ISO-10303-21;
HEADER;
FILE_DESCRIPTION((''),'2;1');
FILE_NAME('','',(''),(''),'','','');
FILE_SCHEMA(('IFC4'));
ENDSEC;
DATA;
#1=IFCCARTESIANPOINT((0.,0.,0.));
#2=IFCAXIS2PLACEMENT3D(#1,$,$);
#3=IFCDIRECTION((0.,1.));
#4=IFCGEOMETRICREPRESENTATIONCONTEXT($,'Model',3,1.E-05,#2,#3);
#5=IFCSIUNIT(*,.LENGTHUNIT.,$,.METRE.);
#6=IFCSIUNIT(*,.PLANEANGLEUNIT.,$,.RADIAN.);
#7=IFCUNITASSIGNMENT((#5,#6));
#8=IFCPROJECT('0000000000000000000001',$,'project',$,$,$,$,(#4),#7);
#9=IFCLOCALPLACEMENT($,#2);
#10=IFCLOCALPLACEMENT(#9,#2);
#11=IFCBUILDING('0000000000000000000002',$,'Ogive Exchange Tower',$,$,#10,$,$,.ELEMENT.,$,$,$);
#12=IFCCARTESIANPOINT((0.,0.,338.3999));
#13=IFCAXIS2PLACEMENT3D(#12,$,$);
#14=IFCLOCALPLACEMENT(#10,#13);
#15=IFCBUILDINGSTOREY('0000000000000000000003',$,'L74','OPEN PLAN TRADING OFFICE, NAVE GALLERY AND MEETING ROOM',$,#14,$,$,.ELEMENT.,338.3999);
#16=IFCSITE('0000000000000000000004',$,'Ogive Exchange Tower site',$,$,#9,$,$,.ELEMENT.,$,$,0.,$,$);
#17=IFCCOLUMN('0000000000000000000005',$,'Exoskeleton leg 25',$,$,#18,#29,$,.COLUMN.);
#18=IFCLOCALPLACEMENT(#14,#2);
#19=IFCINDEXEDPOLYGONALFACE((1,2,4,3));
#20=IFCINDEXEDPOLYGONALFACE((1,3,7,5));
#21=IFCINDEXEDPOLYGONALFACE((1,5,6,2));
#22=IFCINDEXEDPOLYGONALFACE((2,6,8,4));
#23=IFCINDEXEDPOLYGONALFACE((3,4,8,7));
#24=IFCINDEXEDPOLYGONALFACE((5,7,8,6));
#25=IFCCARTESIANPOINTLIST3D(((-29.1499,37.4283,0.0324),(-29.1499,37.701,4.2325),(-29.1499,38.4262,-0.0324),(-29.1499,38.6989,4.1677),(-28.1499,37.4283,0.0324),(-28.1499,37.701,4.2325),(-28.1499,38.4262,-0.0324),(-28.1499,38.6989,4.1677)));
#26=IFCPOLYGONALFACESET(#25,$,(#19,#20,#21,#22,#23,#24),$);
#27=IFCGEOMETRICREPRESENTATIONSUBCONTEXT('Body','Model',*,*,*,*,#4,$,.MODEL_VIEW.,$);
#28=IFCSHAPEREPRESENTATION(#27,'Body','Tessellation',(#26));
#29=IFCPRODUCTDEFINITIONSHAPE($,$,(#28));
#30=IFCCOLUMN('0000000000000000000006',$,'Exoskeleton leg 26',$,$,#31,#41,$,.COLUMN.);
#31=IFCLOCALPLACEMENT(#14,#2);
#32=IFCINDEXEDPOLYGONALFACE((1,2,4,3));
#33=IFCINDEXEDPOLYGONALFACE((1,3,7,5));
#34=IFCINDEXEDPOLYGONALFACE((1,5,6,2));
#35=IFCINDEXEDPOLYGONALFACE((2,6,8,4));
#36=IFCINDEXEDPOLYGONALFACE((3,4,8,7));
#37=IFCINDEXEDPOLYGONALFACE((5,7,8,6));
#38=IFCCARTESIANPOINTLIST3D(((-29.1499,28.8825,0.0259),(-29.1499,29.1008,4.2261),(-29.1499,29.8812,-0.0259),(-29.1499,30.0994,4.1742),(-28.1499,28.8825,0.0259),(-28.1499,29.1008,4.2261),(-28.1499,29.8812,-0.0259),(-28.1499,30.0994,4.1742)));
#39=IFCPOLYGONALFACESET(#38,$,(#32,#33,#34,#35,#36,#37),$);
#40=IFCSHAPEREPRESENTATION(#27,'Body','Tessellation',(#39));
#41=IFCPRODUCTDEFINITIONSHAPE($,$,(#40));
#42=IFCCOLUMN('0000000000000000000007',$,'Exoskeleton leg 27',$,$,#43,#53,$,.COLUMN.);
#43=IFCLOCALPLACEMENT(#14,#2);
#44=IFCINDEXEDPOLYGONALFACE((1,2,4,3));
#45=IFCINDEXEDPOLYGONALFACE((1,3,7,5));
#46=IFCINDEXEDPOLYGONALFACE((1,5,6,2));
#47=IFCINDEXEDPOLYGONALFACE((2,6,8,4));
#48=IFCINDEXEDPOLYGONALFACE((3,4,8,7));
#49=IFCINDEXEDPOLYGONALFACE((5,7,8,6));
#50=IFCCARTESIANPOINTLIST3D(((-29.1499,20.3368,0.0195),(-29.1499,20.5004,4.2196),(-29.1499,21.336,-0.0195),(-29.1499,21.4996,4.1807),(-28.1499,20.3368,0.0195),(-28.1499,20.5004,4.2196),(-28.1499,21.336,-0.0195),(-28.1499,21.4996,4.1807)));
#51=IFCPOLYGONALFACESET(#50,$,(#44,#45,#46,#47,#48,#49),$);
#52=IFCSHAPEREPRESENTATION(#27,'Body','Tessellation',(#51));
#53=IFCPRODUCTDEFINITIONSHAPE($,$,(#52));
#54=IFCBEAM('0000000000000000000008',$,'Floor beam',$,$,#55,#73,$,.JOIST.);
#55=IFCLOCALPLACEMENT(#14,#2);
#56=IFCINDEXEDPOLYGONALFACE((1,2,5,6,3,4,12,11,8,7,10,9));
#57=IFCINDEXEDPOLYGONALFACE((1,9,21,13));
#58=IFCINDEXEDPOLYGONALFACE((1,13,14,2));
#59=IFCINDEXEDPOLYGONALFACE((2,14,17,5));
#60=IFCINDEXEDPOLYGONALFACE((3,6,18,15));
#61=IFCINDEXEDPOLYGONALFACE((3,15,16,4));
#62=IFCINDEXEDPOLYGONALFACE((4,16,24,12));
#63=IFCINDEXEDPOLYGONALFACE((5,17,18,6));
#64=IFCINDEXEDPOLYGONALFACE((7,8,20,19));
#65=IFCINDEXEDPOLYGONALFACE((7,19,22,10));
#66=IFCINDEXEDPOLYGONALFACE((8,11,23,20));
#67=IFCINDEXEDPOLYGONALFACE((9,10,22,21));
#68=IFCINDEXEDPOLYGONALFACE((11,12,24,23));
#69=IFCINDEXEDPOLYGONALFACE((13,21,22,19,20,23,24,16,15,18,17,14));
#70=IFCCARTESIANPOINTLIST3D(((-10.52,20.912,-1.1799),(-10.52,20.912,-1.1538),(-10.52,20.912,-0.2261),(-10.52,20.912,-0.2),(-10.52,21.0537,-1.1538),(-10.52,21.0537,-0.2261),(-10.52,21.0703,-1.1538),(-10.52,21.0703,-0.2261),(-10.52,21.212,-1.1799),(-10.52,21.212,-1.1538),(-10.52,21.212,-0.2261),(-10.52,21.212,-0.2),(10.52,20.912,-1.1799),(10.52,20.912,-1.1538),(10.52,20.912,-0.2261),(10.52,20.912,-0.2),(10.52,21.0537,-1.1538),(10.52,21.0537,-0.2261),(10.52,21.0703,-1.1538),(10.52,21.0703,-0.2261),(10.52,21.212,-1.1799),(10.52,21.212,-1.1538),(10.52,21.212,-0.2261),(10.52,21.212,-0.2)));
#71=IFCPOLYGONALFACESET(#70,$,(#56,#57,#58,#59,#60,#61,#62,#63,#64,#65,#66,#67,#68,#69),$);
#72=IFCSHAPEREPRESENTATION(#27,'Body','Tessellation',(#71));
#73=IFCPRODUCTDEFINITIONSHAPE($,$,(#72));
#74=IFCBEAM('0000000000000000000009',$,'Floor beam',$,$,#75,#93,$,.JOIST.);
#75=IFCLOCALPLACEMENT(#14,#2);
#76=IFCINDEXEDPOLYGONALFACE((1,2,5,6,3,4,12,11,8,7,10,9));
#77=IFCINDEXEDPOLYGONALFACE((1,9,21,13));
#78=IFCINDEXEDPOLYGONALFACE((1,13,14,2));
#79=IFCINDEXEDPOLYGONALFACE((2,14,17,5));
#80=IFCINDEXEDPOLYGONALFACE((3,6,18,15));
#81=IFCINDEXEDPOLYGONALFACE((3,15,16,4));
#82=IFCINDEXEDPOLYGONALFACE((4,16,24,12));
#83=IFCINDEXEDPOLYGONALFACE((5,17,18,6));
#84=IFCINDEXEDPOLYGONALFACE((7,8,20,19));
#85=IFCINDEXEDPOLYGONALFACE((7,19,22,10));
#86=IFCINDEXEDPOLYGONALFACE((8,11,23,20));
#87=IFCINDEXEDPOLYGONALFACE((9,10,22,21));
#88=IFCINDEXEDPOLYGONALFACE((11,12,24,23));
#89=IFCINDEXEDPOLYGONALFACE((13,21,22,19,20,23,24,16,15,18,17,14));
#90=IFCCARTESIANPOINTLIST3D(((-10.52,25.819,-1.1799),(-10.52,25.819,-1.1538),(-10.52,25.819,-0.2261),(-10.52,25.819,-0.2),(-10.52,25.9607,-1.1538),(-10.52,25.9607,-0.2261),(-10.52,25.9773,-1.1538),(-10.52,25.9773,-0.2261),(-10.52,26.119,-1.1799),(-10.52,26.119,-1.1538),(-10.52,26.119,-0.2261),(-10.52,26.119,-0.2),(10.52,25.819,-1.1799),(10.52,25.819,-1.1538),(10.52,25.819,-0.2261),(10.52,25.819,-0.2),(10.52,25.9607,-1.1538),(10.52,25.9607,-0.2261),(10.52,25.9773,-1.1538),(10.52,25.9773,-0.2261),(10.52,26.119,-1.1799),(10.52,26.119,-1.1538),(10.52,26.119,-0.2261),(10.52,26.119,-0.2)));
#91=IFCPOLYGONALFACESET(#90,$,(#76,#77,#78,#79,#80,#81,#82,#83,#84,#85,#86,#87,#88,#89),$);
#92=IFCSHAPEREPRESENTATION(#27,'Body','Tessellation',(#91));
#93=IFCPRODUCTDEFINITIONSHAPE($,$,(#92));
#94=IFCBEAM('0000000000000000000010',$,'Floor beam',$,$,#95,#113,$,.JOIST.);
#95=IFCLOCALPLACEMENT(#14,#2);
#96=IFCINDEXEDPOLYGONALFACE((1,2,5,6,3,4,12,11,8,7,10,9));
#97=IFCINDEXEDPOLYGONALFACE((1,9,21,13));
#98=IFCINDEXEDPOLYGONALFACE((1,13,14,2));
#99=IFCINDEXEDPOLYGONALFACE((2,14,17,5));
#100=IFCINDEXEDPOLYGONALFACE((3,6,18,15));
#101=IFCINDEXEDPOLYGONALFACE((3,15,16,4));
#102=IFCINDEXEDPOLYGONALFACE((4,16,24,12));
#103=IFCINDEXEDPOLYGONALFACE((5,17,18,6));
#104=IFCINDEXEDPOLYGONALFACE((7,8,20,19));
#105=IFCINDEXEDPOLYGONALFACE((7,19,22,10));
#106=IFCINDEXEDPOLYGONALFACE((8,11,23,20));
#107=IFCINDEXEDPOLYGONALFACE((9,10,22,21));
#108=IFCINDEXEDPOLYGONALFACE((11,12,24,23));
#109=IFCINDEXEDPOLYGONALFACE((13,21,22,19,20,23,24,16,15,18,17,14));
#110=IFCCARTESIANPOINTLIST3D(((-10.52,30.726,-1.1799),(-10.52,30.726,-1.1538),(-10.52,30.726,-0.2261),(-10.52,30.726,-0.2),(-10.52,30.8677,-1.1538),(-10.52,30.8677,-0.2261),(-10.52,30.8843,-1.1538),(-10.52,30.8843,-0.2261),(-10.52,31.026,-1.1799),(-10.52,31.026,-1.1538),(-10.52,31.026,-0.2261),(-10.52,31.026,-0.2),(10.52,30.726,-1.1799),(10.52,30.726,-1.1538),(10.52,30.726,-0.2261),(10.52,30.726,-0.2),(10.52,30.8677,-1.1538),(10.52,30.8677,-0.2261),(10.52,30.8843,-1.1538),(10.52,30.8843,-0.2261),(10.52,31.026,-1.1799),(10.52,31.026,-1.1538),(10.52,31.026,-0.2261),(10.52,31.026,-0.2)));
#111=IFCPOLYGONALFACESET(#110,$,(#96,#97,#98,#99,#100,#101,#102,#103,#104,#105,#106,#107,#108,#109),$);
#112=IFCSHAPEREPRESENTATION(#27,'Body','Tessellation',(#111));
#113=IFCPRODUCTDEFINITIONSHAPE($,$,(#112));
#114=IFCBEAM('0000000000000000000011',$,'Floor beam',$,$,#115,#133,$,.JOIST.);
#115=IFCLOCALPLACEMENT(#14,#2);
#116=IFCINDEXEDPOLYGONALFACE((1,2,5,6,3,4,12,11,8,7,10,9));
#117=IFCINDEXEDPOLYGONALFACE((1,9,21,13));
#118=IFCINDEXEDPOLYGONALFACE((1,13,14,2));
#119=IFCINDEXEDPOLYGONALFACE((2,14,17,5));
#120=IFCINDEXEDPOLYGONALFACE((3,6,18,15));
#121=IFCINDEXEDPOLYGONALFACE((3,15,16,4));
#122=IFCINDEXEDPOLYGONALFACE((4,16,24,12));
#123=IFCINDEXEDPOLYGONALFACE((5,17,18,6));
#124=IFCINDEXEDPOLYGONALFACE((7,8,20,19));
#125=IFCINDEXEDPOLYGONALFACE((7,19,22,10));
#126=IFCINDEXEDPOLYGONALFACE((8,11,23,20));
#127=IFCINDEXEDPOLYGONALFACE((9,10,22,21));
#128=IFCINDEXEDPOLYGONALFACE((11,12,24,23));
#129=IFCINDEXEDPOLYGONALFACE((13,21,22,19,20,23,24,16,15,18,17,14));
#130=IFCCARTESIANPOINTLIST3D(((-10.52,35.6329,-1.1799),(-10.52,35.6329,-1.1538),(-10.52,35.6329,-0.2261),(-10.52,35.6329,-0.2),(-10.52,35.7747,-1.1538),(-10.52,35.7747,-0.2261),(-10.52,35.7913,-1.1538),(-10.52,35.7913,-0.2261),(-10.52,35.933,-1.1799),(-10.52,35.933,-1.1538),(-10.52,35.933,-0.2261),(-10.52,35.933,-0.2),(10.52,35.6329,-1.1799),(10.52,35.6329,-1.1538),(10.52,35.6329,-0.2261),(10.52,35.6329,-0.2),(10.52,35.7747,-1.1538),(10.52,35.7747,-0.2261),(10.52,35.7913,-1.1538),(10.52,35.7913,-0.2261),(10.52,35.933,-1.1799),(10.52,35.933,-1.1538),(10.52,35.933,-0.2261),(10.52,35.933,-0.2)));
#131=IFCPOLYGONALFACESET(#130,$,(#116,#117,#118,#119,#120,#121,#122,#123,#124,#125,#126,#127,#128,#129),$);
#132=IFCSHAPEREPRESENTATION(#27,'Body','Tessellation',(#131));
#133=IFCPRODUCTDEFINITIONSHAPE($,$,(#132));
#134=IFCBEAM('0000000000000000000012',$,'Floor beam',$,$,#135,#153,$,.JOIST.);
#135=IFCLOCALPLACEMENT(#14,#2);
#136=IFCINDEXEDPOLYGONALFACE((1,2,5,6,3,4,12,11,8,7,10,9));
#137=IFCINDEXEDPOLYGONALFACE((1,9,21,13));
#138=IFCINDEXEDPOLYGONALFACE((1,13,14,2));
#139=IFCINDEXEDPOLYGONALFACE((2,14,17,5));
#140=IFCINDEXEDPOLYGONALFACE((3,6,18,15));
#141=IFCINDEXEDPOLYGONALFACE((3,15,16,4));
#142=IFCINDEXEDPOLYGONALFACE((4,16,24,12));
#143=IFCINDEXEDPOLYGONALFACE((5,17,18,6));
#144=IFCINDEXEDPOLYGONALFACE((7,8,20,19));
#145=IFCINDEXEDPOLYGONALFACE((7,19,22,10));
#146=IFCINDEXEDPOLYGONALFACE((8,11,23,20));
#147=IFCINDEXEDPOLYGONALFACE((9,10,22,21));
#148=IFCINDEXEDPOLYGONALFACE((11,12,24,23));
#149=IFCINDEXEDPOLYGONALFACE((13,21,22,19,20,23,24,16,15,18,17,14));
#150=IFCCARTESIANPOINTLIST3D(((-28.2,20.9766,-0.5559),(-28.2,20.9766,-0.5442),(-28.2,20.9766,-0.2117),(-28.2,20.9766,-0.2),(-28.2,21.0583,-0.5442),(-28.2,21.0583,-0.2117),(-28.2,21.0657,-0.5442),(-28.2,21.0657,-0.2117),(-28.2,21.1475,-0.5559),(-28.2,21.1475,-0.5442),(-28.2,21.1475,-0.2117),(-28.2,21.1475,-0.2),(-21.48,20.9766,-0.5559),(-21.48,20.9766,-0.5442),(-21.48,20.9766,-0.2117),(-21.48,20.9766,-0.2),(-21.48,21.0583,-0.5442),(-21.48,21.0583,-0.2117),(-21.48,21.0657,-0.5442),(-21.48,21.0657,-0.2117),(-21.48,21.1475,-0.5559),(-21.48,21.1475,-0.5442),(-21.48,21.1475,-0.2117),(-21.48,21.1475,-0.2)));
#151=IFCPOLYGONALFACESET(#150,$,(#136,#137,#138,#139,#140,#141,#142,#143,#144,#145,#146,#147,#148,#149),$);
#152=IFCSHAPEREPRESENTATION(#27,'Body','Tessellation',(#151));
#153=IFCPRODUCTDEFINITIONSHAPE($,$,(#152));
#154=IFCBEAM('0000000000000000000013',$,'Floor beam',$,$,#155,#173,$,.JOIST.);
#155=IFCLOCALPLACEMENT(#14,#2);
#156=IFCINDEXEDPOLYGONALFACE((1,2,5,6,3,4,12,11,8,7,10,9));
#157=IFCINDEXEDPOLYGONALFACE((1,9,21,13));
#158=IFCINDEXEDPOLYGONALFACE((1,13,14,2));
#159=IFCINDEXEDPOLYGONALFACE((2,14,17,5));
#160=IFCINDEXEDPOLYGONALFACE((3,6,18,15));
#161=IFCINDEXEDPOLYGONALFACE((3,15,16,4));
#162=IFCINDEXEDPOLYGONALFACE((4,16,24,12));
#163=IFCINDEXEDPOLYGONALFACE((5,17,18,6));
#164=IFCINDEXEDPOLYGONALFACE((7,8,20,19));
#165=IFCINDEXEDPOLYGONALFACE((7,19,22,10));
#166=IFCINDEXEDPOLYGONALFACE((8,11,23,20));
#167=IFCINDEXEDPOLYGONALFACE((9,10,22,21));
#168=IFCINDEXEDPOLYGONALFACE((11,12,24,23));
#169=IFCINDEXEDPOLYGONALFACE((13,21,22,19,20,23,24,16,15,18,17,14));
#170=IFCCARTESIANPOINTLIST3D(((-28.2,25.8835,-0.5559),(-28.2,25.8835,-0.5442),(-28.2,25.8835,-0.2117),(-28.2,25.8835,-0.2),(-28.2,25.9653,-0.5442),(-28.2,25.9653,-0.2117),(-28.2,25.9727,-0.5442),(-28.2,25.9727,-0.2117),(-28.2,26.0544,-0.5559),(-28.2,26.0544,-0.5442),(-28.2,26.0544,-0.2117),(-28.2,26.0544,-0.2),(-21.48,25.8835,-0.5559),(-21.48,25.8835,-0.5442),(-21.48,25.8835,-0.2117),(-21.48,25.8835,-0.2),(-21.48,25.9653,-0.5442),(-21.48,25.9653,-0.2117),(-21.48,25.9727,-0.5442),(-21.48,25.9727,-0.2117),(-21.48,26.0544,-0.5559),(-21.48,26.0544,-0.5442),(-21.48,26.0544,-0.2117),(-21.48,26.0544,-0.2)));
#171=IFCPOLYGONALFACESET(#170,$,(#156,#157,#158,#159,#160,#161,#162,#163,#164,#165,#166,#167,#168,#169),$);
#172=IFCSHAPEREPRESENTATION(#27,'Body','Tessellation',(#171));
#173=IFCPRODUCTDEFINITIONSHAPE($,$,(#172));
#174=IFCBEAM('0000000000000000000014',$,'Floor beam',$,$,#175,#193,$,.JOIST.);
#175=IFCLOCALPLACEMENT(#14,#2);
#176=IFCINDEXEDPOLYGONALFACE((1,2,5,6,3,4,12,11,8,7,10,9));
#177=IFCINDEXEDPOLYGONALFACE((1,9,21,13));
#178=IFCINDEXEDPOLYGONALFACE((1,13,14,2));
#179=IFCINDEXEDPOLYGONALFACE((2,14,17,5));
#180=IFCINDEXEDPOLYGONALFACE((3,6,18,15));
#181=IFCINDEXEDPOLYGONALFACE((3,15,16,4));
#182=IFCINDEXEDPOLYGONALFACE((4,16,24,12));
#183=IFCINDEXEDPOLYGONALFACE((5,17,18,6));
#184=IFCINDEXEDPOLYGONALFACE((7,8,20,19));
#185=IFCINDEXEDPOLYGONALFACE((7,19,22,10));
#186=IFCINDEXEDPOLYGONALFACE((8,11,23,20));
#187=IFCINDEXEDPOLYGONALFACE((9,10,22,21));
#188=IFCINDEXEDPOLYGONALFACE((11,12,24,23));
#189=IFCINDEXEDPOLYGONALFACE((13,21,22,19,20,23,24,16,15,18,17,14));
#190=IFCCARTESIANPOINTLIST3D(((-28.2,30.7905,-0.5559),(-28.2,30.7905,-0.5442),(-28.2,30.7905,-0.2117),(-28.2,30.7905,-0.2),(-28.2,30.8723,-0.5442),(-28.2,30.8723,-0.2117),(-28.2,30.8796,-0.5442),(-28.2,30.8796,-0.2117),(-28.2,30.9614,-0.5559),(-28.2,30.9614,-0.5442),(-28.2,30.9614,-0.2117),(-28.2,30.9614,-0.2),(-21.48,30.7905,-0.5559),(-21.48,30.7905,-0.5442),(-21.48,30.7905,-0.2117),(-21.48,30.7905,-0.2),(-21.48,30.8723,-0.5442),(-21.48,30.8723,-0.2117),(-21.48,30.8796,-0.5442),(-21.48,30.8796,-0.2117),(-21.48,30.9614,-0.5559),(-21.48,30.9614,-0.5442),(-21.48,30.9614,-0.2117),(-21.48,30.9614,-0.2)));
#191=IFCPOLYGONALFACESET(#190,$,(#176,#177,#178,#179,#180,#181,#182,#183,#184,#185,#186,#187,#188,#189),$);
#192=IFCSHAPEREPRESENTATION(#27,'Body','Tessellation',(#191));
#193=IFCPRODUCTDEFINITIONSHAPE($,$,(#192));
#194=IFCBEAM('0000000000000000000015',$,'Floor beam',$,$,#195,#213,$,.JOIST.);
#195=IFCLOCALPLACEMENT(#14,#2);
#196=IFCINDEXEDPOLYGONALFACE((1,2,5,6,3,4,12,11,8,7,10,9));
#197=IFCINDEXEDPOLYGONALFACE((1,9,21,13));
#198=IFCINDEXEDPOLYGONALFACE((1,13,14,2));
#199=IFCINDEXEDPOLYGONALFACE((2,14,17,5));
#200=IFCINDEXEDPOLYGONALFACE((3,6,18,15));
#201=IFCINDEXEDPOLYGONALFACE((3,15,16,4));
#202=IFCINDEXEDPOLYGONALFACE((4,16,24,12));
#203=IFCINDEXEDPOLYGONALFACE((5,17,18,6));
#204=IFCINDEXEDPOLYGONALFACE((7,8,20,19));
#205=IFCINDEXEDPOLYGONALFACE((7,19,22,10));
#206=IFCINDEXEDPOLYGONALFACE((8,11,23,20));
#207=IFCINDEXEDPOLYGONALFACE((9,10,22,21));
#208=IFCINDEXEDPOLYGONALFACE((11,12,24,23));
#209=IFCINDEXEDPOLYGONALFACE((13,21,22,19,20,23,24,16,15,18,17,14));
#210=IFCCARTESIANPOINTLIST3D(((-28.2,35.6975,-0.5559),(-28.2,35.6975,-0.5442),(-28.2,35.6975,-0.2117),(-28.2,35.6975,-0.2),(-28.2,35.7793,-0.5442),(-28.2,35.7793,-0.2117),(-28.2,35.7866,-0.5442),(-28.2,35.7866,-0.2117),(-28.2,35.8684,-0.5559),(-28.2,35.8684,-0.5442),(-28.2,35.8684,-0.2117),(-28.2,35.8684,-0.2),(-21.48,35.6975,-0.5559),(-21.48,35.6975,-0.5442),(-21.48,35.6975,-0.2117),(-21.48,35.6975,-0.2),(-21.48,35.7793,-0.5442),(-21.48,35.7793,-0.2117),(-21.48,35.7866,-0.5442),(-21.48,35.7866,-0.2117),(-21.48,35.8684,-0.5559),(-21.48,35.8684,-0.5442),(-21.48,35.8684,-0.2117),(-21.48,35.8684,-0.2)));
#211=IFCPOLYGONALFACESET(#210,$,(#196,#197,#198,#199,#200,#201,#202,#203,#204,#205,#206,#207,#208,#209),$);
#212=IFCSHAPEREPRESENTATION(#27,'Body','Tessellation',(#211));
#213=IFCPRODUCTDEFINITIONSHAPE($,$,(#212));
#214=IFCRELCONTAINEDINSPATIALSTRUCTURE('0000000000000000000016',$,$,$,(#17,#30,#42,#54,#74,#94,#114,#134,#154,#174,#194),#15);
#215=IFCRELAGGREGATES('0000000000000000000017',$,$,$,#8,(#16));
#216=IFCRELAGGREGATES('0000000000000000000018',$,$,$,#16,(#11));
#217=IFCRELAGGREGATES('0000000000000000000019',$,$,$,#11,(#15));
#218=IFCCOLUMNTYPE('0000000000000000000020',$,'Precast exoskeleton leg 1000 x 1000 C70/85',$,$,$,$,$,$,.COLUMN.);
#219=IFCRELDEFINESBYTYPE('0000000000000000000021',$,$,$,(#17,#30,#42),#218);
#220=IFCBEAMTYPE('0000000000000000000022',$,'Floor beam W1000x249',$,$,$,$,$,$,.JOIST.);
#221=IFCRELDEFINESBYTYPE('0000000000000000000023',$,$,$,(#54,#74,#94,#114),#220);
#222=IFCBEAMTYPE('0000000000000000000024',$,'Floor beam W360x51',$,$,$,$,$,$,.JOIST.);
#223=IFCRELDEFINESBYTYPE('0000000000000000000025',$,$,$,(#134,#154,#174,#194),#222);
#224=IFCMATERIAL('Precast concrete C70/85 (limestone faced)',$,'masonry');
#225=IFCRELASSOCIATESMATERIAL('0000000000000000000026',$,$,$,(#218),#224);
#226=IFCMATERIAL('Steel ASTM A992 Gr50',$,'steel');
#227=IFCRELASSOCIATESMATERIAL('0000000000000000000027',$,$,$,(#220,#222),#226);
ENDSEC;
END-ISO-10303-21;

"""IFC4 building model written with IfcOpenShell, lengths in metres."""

from ifc_helpers import new_model, si_unit, direction, frame, origin, origin_2d, place, context, subcontext, project, spatial, rectangle, i_section, extrude, material, material_profile, profile_set, type_object, element, save


model = new_model("IFC4")

# Units and contexts
model_context = context("Model", 3, precision=1e-05, world=origin(), true_north=direction((0.0, 1.0)))
body_context = subcontext(model_context, "Body", "Model", "MODEL_VIEW")
ifc_project = project(units=[si_unit("LENGTHUNIT", "METRE"), si_unit("PLANEANGLEUNIT", "RADIAN")], contexts=[model_context])

# Site, building, storey
site_placement = place(None, origin())
site = spatial("IfcSite", under=ifc_project, at=site_placement, Name="Ogive Exchange Tower site", CompositionType="ELEMENT", RefElevation=0.0)
building_placement = place(site_placement, origin())
building = spatial("IfcBuilding", under=site, at=building_placement, Name="Ogive Exchange Tower", CompositionType="ELEMENT")
storey_placement = place(building_placement, frame((0.0, 0.0, 338.3999)))
storey = spatial("IfcBuildingStorey", under=building, at=storey_placement, Name="L74", Description="OPEN PLAN TRADING OFFICE, NAVE GALLERY AND MEETING ROOM", CompositionType="ELEMENT", Elevation=338.3999)

# Columns
ifc_material_1 = material(Name="Precast concrete C70/85 (limestone faced)", Category="masonry")
ifc_material_profile_1 = material_profile(ifc_material_1, rectangle(XDim=1.0, YDim=1.0, at=origin_2d()), Name="1000 x 1000")
ifc_profile_set_1 = profile_set([ifc_material_profile_1], Name="Precast concrete C70/85 (limestone faced)")
column_type = type_object("IfcColumnType", Name="Precast exoskeleton leg 1000 x 1000 C70/85", PredefinedType="COLUMN", material=ifc_profile_set_1)
column_1_placement = place(storey_placement, frame((-28.6499, 37.9272, 0.0), z_axis=(0.0, 0.06479, 0.997899), x_axis=(-1.0, 0.0, 0.0)))
element("IfcColumn", 1, at=column_1_placement, inside=storey, type_object=column_type, Name="Exoskeleton leg 25", PredefinedType="COLUMN", context=body_context, shape_type="SweptSolid", body=[
    extrude(rectangle(XDim=1.0, YDim=1.0, at=origin_2d()), origin(), (0.0, 0.0, 1.0), 4.209),
])
column_2_placement = place(storey_placement, frame((-28.6499, 29.3818, 0.0), z_axis=(0.0, 0.051895, 0.998653), x_axis=(-1.0, 0.0, 0.0)))
element("IfcColumn", 2, at=column_2_placement, inside=storey, type_object=column_type, Name="Exoskeleton leg 26", PredefinedType="COLUMN", context=body_context, shape_type="SweptSolid", body=[
    extrude(rectangle(XDim=1.0, YDim=1.0, at=origin_2d()), origin(), (0.0, 0.0, 1.0), 4.2058),
])
column_3_placement = place(storey_placement, frame((-28.6499, 20.8364, 0.0), z_axis=(0.0, 0.038915, 0.999243), x_axis=(-1.0, 0.0, 0.0)))
element("IfcColumn", 3, at=column_3_placement, inside=storey, type_object=column_type, Name="Exoskeleton leg 27", PredefinedType="COLUMN", context=body_context, shape_type="SweptSolid", body=[
    extrude(rectangle(XDim=1.0, YDim=1.0, at=origin_2d()), origin(), (0.0, 0.0, 1.0), 4.2034),
])

# Beams
ifc_material_2 = material(Name="Steel ASTM A992 Gr50", Category="steel")
ifc_material_profile_2 = material_profile(ifc_material_2, i_section(OverallWidth=0.3, OverallDepth=0.98, WebThickness=0.0166, FlangeThickness=0.0261, at=origin_2d()), Name="W1000x249")
ifc_profile_set_2 = profile_set([ifc_material_profile_2], Name="Steel ASTM A992 Gr50")
beam_type_1 = type_object("IfcBeamType", Name="Floor beam W1000x249", PredefinedType="JOIST", material=ifc_profile_set_2)
for number, where, z_axis, x_axis, name in (
    (4, (-10.52, 21.062, -0.6899), (1.0, 0.0, 0.0), (0.0, 1.0, 0.0), "Floor beam"),
    (5, (-10.52, 25.969, -0.6899), (1.0, 0.0, 0.0), (0.0, 1.0, 0.0), "Floor beam"),
    (6, (-10.52, 30.876, -0.6899), (1.0, 0.0, 0.0), (0.0, 1.0, 0.0), "Floor beam"),
    (7, (-10.52, 35.783, -0.6899), (1.0, 0.0, 0.0), (0.0, 1.0, 0.0), "Floor beam"),
):
    element("IfcBeam", number, at=place(storey_placement, frame(where, z_axis=z_axis, x_axis=x_axis)), inside=storey, type_object=beam_type_1, Name=name, PredefinedType="JOIST", context=body_context, shape_type="SweptSolid", body=[
        extrude(i_section(OverallWidth=0.3, OverallDepth=0.98, WebThickness=0.0166, FlangeThickness=0.0261, at=origin_2d()), origin(), (0.0, 0.0, 1.0), 21.04),
    ])
ifc_material_profile_3 = material_profile(ifc_material_2, i_section(OverallWidth=0.1709, OverallDepth=0.356, WebThickness=0.0073, FlangeThickness=0.0117, at=origin_2d()), Name="W360x51")
ifc_profile_set_3 = profile_set([ifc_material_profile_3], Name="Steel ASTM A992 Gr50")
beam_type_2 = type_object("IfcBeamType", Name="Floor beam W360x51", PredefinedType="JOIST", material=ifc_profile_set_3)
for number, where, z_axis, x_axis, name in (
    (8, (-28.2, 21.062, -0.3779), (1.0, 0.0, 0.0), (0.0, 1.0, 0.0), "Floor beam"),
    (9, (-28.2, 25.969, -0.3779), (1.0, 0.0, 0.0), (0.0, 1.0, 0.0), "Floor beam"),
    (10, (-28.2, 30.876, -0.3779), (1.0, 0.0, 0.0), (0.0, 1.0, 0.0), "Floor beam"),
    (11, (-28.2, 35.783, -0.3779), (1.0, 0.0, 0.0), (0.0, 1.0, 0.0), "Floor beam"),
):
    element("IfcBeam", number, at=place(storey_placement, frame(where, z_axis=z_axis, x_axis=x_axis)), inside=storey, type_object=beam_type_2, Name=name, PredefinedType="JOIST", context=body_context, shape_type="SweptSolid", body=[
        extrude(i_section(OverallWidth=0.1709, OverallDepth=0.356, WebThickness=0.0073, FlangeThickness=0.0117, at=origin_2d()), origin(), (0.0, 0.0, 1.0), 6.72),
    ])

save(model, "model.ifc")
